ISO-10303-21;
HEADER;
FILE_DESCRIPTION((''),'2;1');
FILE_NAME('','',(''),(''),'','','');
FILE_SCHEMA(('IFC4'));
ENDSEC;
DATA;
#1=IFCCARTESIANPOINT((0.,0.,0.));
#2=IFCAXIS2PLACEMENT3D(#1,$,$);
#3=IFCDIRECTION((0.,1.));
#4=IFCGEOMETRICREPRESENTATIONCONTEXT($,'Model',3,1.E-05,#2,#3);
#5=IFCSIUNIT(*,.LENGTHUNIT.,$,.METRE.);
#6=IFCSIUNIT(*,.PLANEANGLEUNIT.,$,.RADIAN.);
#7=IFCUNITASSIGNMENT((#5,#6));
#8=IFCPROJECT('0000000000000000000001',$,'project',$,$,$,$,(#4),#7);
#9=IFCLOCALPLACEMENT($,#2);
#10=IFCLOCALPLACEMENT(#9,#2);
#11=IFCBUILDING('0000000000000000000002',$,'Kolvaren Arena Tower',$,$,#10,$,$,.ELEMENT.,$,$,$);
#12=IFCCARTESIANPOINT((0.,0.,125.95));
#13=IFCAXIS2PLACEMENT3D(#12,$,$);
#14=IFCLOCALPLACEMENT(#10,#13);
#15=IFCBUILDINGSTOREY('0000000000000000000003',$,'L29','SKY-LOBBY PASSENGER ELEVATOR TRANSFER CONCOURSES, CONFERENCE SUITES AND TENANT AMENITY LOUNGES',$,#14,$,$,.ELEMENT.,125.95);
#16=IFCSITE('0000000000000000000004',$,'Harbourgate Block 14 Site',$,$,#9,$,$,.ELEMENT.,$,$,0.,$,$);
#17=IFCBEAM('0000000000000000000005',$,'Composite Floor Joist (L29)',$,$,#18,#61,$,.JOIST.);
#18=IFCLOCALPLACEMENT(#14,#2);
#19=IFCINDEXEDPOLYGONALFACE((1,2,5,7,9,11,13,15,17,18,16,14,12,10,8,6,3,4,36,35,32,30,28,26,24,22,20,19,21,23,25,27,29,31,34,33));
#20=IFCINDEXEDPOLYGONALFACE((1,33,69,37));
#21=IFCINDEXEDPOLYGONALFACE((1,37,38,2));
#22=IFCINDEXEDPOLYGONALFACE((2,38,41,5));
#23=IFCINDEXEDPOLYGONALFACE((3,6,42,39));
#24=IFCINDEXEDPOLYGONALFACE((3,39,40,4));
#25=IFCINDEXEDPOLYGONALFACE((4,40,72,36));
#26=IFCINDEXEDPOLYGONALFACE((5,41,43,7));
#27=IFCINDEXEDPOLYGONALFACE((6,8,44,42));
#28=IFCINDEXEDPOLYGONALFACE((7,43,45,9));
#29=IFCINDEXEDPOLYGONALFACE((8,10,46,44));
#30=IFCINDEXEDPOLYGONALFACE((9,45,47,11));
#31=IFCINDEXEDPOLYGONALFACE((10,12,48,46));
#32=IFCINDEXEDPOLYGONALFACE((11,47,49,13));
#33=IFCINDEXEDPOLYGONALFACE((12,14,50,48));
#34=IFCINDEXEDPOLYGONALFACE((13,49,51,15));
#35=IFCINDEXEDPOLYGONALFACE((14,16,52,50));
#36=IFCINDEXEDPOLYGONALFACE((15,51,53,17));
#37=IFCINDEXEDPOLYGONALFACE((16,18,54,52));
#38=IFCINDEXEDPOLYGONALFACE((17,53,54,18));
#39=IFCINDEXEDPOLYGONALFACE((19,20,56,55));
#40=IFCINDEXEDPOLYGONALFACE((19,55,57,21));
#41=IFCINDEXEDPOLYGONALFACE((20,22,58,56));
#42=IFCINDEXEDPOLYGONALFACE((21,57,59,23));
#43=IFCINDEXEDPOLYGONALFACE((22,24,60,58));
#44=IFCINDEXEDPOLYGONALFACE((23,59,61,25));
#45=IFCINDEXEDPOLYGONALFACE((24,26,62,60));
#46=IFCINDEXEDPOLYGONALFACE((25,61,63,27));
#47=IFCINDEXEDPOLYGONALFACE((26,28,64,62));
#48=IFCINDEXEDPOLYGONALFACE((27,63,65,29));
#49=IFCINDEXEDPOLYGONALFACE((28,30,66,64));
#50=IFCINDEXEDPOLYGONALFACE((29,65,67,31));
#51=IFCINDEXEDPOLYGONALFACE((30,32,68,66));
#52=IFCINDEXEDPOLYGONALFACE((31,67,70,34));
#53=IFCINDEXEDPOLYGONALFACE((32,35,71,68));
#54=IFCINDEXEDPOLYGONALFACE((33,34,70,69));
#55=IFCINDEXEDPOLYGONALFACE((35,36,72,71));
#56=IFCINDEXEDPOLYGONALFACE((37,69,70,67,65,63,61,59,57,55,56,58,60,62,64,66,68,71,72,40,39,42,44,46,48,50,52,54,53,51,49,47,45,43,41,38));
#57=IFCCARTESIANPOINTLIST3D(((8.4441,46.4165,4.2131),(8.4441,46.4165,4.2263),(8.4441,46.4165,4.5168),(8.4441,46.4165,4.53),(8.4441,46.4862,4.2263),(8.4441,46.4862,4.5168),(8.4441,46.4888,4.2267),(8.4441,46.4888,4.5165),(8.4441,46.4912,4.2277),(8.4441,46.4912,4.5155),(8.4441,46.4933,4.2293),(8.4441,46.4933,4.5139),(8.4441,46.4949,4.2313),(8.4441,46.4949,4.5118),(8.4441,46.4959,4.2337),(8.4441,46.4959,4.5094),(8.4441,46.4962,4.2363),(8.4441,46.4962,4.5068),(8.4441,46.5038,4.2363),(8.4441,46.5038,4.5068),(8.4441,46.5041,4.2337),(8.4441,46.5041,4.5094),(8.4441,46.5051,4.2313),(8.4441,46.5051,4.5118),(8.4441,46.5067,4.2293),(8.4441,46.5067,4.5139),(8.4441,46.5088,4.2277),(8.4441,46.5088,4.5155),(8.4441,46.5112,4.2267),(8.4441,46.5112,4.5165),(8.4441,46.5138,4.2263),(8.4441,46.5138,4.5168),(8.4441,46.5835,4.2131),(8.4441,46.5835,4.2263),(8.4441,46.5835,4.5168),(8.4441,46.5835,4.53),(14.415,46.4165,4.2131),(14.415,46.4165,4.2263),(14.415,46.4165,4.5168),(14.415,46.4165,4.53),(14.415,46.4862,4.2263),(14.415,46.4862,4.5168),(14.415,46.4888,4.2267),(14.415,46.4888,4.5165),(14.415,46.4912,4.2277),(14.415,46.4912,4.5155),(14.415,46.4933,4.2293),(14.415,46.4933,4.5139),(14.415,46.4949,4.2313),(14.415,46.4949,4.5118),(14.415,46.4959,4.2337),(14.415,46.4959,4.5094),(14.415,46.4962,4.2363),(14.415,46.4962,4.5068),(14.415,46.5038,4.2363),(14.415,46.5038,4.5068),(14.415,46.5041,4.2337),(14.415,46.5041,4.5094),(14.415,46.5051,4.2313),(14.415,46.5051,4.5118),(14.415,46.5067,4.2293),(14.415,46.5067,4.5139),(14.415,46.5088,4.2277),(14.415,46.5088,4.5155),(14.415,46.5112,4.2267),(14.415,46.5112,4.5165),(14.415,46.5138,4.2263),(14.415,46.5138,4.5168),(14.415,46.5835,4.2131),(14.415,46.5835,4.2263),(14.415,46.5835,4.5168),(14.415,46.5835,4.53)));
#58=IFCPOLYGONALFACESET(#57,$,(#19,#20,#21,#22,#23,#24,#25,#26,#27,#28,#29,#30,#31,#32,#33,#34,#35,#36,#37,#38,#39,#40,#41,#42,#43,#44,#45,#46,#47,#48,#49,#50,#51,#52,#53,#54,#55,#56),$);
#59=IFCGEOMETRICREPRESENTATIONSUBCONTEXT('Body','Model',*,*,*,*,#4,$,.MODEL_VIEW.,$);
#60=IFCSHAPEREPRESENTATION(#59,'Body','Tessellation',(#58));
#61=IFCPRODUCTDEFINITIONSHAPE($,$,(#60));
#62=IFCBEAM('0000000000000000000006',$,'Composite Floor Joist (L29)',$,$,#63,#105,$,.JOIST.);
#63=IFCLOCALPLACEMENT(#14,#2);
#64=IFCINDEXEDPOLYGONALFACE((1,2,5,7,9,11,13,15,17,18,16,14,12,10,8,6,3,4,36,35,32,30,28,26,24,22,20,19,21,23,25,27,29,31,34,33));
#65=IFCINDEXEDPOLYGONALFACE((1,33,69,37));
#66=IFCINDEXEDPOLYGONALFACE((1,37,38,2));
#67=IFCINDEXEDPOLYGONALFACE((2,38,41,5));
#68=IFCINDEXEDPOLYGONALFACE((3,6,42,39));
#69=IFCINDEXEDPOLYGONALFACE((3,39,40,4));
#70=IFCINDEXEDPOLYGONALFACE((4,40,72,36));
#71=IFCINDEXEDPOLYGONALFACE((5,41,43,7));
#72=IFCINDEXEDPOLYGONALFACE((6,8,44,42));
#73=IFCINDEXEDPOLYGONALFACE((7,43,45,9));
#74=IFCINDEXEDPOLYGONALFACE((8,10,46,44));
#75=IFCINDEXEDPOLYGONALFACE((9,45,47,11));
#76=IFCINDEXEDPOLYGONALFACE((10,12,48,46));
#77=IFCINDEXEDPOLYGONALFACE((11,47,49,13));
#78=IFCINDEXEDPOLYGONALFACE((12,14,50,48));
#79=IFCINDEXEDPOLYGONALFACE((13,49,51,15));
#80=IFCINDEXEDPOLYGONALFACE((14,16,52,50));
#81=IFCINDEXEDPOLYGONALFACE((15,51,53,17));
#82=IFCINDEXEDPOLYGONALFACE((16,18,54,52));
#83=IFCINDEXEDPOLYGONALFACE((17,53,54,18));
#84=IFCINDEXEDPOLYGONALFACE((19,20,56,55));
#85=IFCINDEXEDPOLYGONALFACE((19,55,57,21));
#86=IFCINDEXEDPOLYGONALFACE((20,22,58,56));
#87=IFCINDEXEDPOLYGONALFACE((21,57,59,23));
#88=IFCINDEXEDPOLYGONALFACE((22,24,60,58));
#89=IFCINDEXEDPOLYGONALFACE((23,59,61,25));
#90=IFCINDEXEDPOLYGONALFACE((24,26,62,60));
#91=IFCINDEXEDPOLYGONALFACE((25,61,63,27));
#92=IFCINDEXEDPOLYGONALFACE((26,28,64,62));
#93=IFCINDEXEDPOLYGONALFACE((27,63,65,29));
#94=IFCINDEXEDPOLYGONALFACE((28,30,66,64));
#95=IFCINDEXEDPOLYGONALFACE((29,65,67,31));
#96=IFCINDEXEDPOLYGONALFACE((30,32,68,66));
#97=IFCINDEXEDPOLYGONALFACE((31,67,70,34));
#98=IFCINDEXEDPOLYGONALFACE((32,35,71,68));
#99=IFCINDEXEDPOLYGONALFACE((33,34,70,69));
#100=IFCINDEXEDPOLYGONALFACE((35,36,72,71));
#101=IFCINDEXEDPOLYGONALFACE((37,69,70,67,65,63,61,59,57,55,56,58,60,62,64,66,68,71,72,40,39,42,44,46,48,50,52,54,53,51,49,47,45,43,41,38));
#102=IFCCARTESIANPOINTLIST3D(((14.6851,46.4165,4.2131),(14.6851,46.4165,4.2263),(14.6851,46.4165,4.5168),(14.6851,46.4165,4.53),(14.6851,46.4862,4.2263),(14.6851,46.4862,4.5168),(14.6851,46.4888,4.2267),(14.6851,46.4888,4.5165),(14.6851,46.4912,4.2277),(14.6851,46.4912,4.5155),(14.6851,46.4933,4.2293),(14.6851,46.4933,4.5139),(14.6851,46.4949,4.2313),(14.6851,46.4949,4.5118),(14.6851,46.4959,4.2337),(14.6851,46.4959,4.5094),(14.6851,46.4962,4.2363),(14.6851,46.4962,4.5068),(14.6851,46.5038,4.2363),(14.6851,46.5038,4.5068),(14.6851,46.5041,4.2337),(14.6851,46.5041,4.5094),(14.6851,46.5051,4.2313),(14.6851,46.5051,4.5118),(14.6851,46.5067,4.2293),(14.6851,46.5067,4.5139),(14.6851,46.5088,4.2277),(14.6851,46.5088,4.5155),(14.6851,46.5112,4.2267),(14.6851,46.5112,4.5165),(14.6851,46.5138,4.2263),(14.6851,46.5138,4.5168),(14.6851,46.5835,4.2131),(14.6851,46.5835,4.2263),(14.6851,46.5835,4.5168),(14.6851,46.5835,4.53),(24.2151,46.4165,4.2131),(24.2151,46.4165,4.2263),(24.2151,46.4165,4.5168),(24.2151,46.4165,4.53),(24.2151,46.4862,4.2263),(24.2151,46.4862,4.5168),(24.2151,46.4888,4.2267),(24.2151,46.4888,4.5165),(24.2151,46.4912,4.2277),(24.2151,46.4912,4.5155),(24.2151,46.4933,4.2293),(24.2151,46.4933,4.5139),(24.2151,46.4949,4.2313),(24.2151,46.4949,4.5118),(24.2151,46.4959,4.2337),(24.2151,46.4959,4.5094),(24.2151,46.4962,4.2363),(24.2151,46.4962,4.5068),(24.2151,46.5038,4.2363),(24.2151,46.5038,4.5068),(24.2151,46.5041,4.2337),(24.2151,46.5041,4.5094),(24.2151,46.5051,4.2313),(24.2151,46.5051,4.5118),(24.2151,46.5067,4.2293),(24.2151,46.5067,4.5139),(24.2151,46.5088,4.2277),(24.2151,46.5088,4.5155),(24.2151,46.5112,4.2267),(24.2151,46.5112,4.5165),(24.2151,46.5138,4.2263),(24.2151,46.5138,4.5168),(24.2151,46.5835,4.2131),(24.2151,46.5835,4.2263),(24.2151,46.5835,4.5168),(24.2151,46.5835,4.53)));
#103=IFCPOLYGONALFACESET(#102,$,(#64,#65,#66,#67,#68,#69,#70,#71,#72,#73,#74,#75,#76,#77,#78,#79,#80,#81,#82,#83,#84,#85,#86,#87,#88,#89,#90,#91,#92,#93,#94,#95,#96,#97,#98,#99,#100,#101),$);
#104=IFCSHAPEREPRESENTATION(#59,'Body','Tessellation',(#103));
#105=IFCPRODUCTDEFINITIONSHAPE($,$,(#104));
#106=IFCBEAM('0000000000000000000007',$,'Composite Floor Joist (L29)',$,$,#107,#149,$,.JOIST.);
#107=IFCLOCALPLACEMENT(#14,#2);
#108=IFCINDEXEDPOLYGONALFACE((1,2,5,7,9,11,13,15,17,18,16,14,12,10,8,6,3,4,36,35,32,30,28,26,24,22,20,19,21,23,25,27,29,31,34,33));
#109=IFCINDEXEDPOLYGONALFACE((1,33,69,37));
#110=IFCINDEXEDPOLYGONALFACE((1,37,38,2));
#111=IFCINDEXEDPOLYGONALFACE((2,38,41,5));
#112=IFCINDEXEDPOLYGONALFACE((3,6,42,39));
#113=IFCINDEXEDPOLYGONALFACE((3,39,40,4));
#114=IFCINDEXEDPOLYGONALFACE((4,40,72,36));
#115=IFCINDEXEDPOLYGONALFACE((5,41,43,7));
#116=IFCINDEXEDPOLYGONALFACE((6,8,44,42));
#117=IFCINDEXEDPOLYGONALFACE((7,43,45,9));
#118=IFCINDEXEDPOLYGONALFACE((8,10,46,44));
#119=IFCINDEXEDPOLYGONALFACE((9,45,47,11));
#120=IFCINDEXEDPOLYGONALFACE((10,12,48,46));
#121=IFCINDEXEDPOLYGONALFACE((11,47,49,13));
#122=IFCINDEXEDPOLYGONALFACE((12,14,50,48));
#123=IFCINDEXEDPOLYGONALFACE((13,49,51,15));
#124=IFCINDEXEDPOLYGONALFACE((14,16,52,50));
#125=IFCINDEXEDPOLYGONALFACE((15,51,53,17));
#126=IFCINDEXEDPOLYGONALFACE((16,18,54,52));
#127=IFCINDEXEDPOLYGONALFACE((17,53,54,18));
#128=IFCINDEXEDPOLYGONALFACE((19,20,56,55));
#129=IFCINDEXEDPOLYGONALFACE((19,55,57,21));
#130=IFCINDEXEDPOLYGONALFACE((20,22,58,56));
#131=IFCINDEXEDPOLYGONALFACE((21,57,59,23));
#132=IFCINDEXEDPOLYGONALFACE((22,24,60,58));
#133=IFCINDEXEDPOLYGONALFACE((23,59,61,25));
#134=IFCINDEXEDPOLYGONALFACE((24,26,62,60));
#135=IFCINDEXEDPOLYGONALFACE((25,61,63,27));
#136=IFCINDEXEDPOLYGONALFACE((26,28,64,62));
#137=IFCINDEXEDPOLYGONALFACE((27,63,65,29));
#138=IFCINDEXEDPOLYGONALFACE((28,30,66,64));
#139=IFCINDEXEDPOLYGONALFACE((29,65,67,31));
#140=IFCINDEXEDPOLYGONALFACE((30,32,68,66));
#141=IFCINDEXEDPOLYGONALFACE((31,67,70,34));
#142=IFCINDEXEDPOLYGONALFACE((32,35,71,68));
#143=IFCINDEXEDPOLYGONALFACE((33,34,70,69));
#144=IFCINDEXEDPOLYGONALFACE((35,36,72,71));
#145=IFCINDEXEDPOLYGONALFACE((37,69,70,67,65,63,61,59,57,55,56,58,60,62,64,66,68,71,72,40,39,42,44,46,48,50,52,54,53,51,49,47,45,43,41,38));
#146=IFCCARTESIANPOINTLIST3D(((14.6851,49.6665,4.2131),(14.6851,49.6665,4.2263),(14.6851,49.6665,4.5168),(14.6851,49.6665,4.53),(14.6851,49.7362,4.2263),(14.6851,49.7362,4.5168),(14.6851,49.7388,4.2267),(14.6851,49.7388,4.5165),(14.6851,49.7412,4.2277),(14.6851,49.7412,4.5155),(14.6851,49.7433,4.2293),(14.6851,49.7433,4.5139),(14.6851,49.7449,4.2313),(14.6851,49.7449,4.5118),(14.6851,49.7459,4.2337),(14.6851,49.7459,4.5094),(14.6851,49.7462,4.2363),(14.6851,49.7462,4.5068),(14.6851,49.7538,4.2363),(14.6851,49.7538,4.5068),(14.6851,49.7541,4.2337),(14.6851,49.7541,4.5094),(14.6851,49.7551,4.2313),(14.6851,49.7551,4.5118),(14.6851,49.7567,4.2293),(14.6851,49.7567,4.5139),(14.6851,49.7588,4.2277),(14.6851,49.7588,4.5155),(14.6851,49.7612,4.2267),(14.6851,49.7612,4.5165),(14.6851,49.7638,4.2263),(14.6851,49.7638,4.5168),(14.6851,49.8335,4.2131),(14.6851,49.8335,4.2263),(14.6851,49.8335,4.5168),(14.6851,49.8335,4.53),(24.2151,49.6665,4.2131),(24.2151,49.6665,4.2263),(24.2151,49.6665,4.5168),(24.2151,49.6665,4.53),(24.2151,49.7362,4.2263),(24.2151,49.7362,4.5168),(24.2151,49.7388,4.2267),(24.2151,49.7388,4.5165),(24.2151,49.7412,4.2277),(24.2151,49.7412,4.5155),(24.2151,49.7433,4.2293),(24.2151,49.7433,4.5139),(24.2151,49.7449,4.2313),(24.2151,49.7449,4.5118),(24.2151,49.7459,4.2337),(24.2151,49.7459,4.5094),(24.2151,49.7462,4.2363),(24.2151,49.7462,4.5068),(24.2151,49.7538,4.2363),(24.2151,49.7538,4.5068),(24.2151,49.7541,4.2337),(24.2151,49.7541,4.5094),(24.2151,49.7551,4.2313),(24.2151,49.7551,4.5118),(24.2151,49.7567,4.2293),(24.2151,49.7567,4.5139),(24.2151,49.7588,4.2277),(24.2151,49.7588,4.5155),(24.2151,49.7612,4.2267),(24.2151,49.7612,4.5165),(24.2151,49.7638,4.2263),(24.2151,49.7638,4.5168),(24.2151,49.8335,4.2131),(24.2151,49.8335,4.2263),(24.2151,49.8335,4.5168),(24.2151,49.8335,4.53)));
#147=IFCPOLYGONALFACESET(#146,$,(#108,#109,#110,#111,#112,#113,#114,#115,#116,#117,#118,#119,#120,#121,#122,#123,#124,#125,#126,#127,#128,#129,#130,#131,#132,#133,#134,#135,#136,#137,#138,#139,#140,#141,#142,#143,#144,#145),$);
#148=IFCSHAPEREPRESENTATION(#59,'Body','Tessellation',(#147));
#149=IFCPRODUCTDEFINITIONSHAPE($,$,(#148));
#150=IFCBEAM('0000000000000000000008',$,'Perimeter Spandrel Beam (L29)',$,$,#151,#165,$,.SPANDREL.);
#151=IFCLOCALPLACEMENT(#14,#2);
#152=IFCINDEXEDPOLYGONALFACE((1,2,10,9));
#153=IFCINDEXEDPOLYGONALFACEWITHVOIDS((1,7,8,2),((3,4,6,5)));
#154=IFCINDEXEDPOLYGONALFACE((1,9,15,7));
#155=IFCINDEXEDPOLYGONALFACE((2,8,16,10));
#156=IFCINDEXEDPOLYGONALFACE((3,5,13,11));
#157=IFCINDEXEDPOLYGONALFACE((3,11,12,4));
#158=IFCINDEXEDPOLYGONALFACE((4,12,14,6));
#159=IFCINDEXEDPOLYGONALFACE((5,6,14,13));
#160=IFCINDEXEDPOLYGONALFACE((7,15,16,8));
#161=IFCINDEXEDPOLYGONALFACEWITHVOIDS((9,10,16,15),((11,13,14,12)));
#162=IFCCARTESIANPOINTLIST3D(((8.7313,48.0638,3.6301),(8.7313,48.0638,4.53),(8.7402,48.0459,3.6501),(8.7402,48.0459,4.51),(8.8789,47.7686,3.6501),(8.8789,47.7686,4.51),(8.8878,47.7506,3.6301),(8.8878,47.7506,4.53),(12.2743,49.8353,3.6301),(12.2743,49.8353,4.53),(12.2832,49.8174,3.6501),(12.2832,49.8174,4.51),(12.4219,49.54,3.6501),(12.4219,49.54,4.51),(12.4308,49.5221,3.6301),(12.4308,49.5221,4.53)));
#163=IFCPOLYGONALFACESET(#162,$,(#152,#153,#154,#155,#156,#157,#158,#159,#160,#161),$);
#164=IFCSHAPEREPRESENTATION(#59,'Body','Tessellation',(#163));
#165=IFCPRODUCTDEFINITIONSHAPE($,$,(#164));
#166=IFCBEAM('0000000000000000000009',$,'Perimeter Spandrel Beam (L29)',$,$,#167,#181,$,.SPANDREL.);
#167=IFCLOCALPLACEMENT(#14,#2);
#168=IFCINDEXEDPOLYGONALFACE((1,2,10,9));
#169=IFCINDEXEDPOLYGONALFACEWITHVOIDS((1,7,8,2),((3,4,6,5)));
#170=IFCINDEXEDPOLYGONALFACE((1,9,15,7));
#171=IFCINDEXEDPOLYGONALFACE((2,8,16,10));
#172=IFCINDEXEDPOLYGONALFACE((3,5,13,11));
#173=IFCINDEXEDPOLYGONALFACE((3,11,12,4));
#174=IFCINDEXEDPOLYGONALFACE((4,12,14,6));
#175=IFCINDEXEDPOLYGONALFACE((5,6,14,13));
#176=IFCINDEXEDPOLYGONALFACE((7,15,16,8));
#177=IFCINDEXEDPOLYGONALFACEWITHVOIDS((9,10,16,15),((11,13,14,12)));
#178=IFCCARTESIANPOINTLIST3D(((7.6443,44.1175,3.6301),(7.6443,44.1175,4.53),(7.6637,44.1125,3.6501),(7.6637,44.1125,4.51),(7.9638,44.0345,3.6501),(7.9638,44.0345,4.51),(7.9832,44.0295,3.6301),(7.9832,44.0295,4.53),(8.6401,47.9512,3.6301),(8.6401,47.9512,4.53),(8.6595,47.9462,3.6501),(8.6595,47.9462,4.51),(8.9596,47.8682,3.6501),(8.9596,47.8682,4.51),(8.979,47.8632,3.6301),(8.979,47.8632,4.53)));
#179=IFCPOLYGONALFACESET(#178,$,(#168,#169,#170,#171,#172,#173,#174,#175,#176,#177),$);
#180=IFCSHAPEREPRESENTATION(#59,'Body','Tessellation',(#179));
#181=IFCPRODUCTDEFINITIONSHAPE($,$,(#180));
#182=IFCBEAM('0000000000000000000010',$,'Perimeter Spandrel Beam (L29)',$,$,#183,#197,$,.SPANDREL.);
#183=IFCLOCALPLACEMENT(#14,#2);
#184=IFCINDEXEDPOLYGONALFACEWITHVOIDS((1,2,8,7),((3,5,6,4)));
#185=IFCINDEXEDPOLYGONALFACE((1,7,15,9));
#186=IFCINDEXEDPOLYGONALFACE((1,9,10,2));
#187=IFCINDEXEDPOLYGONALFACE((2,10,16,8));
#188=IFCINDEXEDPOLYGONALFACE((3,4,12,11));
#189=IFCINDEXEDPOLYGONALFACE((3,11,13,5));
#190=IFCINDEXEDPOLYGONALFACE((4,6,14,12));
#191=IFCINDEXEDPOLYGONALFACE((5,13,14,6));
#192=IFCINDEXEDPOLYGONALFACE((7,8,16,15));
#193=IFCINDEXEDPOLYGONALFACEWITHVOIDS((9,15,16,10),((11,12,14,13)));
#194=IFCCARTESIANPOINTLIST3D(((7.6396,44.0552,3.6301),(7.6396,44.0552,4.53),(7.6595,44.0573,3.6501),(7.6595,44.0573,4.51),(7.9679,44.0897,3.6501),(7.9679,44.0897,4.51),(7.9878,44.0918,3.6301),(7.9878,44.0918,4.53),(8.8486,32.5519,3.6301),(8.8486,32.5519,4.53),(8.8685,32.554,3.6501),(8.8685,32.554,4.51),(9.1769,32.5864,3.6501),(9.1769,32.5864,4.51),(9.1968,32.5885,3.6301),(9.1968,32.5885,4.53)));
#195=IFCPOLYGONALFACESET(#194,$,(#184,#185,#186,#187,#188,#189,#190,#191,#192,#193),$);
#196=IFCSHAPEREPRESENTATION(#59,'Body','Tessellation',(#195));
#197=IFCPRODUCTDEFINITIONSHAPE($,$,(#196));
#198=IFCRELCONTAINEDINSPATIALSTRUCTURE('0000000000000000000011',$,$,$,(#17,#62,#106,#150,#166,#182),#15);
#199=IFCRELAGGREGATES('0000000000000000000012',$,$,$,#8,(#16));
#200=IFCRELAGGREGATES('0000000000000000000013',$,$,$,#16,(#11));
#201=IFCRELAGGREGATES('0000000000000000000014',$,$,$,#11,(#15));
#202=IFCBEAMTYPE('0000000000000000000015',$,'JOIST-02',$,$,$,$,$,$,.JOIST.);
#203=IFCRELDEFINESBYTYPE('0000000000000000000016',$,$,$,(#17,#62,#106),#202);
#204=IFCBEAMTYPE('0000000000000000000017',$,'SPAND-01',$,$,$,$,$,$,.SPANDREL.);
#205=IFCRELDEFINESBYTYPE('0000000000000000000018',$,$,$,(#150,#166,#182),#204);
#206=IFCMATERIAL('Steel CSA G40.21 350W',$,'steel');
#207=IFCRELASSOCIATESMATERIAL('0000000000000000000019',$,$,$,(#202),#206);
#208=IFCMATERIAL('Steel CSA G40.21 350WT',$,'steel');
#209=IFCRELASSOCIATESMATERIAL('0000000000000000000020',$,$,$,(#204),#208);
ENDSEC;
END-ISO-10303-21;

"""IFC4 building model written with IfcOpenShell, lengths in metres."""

from ifc_helpers import new_model, si_unit, direction, frame, origin, origin_2d, place, context, subcontext, project, spatial, hollow_rectangle, i_section, extrude, material, material_profile, profile_set, type_object, element, save


model = new_model("IFC4")

# Units and contexts
model_context = context("Model", 3, precision=1e-05, world=origin(), true_north=direction((0.0, 1.0)))
body_context = subcontext(model_context, "Body", "Model", "MODEL_VIEW")
ifc_project = project(units=[si_unit("LENGTHUNIT", "METRE"), si_unit("PLANEANGLEUNIT", "RADIAN")], contexts=[model_context])

# Site, building, storey
site_placement = place(None, origin())
site = spatial("IfcSite", under=ifc_project, at=site_placement, Name="Harbourgate Block 14 Site", CompositionType="ELEMENT", RefElevation=0.0)
building_placement = place(site_placement, origin())
building = spatial("IfcBuilding", under=site, at=building_placement, Name="Kolvaren Arena Tower", CompositionType="ELEMENT")
storey_placement = place(building_placement, frame((0.0, 0.0, 125.95)))
storey = spatial("IfcBuildingStorey", under=building, at=storey_placement, Name="L29", Description="SKY-LOBBY PASSENGER ELEVATOR TRANSFER CONCOURSES, CONFERENCE SUITES AND TENANT AMENITY LOUNGES", CompositionType="ELEMENT", Elevation=125.95)

# Beams
ifc_material_1 = material(Name="Steel CSA G40.21 350W", Category="steel")
ifc_material_profile_1 = material_profile(ifc_material_1, i_section(OverallWidth=0.167, OverallDepth=0.3169, WebThickness=0.0076, FlangeThickness=0.0132, FilletRadius=0.01, at=origin_2d()), Name="W310x52")
ifc_profile_set_1 = profile_set([ifc_material_profile_1], Name="Steel CSA G40.21 350W")
beam_type_1 = type_object("IfcBeamType", Name="JOIST-02", PredefinedType="JOIST", material=ifc_profile_set_1)
beam_1_placement = place(storey_placement, frame((8.4441, 46.5, 4.3716), z_axis=(1.0, 0.0, 0.0), x_axis=(0.0, 1.0, 0.0)))
element("IfcBeam", 1, at=beam_1_placement, inside=storey, type_object=beam_type_1, Name="Composite Floor Joist (L29)", PredefinedType="JOIST", context=body_context, shape_type="SweptSolid", body=[
    extrude(i_section(OverallWidth=0.167, OverallDepth=0.3169, WebThickness=0.0076, FlangeThickness=0.0132, FilletRadius=0.01, at=origin_2d()), origin(), (0.0, 0.0, 1.0), 5.9709),
])
for number, where, z_axis, x_axis, name in (
    (2, (14.6851, 46.5, 4.3716), (1.0, 0.0, 0.0), (0.0, 1.0, 0.0), "Composite Floor Joist (L29)"),
    (3, (14.6851, 49.75, 4.3716), (1.0, 0.0, 0.0), (0.0, 1.0, 0.0), "Composite Floor Joist (L29)"),
):
    element("IfcBeam", number, at=place(storey_placement, frame(where, z_axis=z_axis, x_axis=x_axis)), inside=storey, type_object=beam_type_1, Name=name, PredefinedType="JOIST", context=body_context, shape_type="SweptSolid", body=[
        extrude(i_section(OverallWidth=0.167, OverallDepth=0.3169, WebThickness=0.0076, FlangeThickness=0.0132, FilletRadius=0.01, at=origin_2d()), origin(), (0.0, 0.0, 1.0), 9.53),
    ])
ifc_material_2 = material(Name="Steel CSA G40.21 350WT", Category="steel")
ifc_material_profile_2 = material_profile(ifc_material_2, hollow_rectangle(XDim=0.3501, YDim=0.8999, WallThickness=0.02, at=origin_2d()), Name="HSS 900x350x20")
ifc_profile_set_2 = profile_set([ifc_material_profile_2], Name="Steel CSA G40.21 350WT")
beam_type_2 = type_object("IfcBeamType", Name="SPAND-01", PredefinedType="SPANDREL", material=ifc_profile_set_2)
beam_2_placement = place(storey_placement, frame((12.3525, 49.6787, 4.0801), z_axis=(-0.894427, -0.447214, 0.0), x_axis=(0.447214, -0.894427, 0.0)))
element("IfcBeam", 4, at=beam_2_placement, inside=storey, type_object=beam_type_2, Name="Perimeter Spandrel Beam (L29)", PredefinedType="SPANDREL", context=body_context, shape_type="SweptSolid", body=[
    extrude(hollow_rectangle(XDim=0.3501, YDim=0.8999, WallThickness=0.02, at=origin_2d()), origin(), (0.0, 0.0, 1.0), 3.9612),
])
beam_3_placement = place(storey_placement, frame((8.8096, 47.9072, 4.0801), z_axis=(-0.251416, -0.967879, 0.0), x_axis=(0.967879, -0.251416, 0.0)))
element("IfcBeam", 5, at=beam_3_placement, inside=storey, type_object=beam_type_2, Name="Perimeter Spandrel Beam (L29)", PredefinedType="SPANDREL", context=body_context, shape_type="SweptSolid", body=[
    extrude(hollow_rectangle(XDim=0.3501, YDim=0.8999, WallThickness=0.02, at=origin_2d()), origin(), (0.0, 0.0, 1.0), 3.9609),
])
beam_4_placement = place(storey_placement, frame((7.8137, 44.0735, 4.0801), z_axis=(0.104524, -0.994522, 0.0), x_axis=(0.994522, 0.104524, 0.0)))
element("IfcBeam", 6, at=beam_4_placement, inside=storey, type_object=beam_type_2, Name="Perimeter Spandrel Beam (L29)", PredefinedType="SPANDREL", context=body_context, shape_type="SweptSolid", body=[
    extrude(hollow_rectangle(XDim=0.3501, YDim=0.8999, WallThickness=0.02, at=origin_2d()), origin(), (0.0, 0.0, 1.0), 11.5667),
])

save(model, "model.ifc")
